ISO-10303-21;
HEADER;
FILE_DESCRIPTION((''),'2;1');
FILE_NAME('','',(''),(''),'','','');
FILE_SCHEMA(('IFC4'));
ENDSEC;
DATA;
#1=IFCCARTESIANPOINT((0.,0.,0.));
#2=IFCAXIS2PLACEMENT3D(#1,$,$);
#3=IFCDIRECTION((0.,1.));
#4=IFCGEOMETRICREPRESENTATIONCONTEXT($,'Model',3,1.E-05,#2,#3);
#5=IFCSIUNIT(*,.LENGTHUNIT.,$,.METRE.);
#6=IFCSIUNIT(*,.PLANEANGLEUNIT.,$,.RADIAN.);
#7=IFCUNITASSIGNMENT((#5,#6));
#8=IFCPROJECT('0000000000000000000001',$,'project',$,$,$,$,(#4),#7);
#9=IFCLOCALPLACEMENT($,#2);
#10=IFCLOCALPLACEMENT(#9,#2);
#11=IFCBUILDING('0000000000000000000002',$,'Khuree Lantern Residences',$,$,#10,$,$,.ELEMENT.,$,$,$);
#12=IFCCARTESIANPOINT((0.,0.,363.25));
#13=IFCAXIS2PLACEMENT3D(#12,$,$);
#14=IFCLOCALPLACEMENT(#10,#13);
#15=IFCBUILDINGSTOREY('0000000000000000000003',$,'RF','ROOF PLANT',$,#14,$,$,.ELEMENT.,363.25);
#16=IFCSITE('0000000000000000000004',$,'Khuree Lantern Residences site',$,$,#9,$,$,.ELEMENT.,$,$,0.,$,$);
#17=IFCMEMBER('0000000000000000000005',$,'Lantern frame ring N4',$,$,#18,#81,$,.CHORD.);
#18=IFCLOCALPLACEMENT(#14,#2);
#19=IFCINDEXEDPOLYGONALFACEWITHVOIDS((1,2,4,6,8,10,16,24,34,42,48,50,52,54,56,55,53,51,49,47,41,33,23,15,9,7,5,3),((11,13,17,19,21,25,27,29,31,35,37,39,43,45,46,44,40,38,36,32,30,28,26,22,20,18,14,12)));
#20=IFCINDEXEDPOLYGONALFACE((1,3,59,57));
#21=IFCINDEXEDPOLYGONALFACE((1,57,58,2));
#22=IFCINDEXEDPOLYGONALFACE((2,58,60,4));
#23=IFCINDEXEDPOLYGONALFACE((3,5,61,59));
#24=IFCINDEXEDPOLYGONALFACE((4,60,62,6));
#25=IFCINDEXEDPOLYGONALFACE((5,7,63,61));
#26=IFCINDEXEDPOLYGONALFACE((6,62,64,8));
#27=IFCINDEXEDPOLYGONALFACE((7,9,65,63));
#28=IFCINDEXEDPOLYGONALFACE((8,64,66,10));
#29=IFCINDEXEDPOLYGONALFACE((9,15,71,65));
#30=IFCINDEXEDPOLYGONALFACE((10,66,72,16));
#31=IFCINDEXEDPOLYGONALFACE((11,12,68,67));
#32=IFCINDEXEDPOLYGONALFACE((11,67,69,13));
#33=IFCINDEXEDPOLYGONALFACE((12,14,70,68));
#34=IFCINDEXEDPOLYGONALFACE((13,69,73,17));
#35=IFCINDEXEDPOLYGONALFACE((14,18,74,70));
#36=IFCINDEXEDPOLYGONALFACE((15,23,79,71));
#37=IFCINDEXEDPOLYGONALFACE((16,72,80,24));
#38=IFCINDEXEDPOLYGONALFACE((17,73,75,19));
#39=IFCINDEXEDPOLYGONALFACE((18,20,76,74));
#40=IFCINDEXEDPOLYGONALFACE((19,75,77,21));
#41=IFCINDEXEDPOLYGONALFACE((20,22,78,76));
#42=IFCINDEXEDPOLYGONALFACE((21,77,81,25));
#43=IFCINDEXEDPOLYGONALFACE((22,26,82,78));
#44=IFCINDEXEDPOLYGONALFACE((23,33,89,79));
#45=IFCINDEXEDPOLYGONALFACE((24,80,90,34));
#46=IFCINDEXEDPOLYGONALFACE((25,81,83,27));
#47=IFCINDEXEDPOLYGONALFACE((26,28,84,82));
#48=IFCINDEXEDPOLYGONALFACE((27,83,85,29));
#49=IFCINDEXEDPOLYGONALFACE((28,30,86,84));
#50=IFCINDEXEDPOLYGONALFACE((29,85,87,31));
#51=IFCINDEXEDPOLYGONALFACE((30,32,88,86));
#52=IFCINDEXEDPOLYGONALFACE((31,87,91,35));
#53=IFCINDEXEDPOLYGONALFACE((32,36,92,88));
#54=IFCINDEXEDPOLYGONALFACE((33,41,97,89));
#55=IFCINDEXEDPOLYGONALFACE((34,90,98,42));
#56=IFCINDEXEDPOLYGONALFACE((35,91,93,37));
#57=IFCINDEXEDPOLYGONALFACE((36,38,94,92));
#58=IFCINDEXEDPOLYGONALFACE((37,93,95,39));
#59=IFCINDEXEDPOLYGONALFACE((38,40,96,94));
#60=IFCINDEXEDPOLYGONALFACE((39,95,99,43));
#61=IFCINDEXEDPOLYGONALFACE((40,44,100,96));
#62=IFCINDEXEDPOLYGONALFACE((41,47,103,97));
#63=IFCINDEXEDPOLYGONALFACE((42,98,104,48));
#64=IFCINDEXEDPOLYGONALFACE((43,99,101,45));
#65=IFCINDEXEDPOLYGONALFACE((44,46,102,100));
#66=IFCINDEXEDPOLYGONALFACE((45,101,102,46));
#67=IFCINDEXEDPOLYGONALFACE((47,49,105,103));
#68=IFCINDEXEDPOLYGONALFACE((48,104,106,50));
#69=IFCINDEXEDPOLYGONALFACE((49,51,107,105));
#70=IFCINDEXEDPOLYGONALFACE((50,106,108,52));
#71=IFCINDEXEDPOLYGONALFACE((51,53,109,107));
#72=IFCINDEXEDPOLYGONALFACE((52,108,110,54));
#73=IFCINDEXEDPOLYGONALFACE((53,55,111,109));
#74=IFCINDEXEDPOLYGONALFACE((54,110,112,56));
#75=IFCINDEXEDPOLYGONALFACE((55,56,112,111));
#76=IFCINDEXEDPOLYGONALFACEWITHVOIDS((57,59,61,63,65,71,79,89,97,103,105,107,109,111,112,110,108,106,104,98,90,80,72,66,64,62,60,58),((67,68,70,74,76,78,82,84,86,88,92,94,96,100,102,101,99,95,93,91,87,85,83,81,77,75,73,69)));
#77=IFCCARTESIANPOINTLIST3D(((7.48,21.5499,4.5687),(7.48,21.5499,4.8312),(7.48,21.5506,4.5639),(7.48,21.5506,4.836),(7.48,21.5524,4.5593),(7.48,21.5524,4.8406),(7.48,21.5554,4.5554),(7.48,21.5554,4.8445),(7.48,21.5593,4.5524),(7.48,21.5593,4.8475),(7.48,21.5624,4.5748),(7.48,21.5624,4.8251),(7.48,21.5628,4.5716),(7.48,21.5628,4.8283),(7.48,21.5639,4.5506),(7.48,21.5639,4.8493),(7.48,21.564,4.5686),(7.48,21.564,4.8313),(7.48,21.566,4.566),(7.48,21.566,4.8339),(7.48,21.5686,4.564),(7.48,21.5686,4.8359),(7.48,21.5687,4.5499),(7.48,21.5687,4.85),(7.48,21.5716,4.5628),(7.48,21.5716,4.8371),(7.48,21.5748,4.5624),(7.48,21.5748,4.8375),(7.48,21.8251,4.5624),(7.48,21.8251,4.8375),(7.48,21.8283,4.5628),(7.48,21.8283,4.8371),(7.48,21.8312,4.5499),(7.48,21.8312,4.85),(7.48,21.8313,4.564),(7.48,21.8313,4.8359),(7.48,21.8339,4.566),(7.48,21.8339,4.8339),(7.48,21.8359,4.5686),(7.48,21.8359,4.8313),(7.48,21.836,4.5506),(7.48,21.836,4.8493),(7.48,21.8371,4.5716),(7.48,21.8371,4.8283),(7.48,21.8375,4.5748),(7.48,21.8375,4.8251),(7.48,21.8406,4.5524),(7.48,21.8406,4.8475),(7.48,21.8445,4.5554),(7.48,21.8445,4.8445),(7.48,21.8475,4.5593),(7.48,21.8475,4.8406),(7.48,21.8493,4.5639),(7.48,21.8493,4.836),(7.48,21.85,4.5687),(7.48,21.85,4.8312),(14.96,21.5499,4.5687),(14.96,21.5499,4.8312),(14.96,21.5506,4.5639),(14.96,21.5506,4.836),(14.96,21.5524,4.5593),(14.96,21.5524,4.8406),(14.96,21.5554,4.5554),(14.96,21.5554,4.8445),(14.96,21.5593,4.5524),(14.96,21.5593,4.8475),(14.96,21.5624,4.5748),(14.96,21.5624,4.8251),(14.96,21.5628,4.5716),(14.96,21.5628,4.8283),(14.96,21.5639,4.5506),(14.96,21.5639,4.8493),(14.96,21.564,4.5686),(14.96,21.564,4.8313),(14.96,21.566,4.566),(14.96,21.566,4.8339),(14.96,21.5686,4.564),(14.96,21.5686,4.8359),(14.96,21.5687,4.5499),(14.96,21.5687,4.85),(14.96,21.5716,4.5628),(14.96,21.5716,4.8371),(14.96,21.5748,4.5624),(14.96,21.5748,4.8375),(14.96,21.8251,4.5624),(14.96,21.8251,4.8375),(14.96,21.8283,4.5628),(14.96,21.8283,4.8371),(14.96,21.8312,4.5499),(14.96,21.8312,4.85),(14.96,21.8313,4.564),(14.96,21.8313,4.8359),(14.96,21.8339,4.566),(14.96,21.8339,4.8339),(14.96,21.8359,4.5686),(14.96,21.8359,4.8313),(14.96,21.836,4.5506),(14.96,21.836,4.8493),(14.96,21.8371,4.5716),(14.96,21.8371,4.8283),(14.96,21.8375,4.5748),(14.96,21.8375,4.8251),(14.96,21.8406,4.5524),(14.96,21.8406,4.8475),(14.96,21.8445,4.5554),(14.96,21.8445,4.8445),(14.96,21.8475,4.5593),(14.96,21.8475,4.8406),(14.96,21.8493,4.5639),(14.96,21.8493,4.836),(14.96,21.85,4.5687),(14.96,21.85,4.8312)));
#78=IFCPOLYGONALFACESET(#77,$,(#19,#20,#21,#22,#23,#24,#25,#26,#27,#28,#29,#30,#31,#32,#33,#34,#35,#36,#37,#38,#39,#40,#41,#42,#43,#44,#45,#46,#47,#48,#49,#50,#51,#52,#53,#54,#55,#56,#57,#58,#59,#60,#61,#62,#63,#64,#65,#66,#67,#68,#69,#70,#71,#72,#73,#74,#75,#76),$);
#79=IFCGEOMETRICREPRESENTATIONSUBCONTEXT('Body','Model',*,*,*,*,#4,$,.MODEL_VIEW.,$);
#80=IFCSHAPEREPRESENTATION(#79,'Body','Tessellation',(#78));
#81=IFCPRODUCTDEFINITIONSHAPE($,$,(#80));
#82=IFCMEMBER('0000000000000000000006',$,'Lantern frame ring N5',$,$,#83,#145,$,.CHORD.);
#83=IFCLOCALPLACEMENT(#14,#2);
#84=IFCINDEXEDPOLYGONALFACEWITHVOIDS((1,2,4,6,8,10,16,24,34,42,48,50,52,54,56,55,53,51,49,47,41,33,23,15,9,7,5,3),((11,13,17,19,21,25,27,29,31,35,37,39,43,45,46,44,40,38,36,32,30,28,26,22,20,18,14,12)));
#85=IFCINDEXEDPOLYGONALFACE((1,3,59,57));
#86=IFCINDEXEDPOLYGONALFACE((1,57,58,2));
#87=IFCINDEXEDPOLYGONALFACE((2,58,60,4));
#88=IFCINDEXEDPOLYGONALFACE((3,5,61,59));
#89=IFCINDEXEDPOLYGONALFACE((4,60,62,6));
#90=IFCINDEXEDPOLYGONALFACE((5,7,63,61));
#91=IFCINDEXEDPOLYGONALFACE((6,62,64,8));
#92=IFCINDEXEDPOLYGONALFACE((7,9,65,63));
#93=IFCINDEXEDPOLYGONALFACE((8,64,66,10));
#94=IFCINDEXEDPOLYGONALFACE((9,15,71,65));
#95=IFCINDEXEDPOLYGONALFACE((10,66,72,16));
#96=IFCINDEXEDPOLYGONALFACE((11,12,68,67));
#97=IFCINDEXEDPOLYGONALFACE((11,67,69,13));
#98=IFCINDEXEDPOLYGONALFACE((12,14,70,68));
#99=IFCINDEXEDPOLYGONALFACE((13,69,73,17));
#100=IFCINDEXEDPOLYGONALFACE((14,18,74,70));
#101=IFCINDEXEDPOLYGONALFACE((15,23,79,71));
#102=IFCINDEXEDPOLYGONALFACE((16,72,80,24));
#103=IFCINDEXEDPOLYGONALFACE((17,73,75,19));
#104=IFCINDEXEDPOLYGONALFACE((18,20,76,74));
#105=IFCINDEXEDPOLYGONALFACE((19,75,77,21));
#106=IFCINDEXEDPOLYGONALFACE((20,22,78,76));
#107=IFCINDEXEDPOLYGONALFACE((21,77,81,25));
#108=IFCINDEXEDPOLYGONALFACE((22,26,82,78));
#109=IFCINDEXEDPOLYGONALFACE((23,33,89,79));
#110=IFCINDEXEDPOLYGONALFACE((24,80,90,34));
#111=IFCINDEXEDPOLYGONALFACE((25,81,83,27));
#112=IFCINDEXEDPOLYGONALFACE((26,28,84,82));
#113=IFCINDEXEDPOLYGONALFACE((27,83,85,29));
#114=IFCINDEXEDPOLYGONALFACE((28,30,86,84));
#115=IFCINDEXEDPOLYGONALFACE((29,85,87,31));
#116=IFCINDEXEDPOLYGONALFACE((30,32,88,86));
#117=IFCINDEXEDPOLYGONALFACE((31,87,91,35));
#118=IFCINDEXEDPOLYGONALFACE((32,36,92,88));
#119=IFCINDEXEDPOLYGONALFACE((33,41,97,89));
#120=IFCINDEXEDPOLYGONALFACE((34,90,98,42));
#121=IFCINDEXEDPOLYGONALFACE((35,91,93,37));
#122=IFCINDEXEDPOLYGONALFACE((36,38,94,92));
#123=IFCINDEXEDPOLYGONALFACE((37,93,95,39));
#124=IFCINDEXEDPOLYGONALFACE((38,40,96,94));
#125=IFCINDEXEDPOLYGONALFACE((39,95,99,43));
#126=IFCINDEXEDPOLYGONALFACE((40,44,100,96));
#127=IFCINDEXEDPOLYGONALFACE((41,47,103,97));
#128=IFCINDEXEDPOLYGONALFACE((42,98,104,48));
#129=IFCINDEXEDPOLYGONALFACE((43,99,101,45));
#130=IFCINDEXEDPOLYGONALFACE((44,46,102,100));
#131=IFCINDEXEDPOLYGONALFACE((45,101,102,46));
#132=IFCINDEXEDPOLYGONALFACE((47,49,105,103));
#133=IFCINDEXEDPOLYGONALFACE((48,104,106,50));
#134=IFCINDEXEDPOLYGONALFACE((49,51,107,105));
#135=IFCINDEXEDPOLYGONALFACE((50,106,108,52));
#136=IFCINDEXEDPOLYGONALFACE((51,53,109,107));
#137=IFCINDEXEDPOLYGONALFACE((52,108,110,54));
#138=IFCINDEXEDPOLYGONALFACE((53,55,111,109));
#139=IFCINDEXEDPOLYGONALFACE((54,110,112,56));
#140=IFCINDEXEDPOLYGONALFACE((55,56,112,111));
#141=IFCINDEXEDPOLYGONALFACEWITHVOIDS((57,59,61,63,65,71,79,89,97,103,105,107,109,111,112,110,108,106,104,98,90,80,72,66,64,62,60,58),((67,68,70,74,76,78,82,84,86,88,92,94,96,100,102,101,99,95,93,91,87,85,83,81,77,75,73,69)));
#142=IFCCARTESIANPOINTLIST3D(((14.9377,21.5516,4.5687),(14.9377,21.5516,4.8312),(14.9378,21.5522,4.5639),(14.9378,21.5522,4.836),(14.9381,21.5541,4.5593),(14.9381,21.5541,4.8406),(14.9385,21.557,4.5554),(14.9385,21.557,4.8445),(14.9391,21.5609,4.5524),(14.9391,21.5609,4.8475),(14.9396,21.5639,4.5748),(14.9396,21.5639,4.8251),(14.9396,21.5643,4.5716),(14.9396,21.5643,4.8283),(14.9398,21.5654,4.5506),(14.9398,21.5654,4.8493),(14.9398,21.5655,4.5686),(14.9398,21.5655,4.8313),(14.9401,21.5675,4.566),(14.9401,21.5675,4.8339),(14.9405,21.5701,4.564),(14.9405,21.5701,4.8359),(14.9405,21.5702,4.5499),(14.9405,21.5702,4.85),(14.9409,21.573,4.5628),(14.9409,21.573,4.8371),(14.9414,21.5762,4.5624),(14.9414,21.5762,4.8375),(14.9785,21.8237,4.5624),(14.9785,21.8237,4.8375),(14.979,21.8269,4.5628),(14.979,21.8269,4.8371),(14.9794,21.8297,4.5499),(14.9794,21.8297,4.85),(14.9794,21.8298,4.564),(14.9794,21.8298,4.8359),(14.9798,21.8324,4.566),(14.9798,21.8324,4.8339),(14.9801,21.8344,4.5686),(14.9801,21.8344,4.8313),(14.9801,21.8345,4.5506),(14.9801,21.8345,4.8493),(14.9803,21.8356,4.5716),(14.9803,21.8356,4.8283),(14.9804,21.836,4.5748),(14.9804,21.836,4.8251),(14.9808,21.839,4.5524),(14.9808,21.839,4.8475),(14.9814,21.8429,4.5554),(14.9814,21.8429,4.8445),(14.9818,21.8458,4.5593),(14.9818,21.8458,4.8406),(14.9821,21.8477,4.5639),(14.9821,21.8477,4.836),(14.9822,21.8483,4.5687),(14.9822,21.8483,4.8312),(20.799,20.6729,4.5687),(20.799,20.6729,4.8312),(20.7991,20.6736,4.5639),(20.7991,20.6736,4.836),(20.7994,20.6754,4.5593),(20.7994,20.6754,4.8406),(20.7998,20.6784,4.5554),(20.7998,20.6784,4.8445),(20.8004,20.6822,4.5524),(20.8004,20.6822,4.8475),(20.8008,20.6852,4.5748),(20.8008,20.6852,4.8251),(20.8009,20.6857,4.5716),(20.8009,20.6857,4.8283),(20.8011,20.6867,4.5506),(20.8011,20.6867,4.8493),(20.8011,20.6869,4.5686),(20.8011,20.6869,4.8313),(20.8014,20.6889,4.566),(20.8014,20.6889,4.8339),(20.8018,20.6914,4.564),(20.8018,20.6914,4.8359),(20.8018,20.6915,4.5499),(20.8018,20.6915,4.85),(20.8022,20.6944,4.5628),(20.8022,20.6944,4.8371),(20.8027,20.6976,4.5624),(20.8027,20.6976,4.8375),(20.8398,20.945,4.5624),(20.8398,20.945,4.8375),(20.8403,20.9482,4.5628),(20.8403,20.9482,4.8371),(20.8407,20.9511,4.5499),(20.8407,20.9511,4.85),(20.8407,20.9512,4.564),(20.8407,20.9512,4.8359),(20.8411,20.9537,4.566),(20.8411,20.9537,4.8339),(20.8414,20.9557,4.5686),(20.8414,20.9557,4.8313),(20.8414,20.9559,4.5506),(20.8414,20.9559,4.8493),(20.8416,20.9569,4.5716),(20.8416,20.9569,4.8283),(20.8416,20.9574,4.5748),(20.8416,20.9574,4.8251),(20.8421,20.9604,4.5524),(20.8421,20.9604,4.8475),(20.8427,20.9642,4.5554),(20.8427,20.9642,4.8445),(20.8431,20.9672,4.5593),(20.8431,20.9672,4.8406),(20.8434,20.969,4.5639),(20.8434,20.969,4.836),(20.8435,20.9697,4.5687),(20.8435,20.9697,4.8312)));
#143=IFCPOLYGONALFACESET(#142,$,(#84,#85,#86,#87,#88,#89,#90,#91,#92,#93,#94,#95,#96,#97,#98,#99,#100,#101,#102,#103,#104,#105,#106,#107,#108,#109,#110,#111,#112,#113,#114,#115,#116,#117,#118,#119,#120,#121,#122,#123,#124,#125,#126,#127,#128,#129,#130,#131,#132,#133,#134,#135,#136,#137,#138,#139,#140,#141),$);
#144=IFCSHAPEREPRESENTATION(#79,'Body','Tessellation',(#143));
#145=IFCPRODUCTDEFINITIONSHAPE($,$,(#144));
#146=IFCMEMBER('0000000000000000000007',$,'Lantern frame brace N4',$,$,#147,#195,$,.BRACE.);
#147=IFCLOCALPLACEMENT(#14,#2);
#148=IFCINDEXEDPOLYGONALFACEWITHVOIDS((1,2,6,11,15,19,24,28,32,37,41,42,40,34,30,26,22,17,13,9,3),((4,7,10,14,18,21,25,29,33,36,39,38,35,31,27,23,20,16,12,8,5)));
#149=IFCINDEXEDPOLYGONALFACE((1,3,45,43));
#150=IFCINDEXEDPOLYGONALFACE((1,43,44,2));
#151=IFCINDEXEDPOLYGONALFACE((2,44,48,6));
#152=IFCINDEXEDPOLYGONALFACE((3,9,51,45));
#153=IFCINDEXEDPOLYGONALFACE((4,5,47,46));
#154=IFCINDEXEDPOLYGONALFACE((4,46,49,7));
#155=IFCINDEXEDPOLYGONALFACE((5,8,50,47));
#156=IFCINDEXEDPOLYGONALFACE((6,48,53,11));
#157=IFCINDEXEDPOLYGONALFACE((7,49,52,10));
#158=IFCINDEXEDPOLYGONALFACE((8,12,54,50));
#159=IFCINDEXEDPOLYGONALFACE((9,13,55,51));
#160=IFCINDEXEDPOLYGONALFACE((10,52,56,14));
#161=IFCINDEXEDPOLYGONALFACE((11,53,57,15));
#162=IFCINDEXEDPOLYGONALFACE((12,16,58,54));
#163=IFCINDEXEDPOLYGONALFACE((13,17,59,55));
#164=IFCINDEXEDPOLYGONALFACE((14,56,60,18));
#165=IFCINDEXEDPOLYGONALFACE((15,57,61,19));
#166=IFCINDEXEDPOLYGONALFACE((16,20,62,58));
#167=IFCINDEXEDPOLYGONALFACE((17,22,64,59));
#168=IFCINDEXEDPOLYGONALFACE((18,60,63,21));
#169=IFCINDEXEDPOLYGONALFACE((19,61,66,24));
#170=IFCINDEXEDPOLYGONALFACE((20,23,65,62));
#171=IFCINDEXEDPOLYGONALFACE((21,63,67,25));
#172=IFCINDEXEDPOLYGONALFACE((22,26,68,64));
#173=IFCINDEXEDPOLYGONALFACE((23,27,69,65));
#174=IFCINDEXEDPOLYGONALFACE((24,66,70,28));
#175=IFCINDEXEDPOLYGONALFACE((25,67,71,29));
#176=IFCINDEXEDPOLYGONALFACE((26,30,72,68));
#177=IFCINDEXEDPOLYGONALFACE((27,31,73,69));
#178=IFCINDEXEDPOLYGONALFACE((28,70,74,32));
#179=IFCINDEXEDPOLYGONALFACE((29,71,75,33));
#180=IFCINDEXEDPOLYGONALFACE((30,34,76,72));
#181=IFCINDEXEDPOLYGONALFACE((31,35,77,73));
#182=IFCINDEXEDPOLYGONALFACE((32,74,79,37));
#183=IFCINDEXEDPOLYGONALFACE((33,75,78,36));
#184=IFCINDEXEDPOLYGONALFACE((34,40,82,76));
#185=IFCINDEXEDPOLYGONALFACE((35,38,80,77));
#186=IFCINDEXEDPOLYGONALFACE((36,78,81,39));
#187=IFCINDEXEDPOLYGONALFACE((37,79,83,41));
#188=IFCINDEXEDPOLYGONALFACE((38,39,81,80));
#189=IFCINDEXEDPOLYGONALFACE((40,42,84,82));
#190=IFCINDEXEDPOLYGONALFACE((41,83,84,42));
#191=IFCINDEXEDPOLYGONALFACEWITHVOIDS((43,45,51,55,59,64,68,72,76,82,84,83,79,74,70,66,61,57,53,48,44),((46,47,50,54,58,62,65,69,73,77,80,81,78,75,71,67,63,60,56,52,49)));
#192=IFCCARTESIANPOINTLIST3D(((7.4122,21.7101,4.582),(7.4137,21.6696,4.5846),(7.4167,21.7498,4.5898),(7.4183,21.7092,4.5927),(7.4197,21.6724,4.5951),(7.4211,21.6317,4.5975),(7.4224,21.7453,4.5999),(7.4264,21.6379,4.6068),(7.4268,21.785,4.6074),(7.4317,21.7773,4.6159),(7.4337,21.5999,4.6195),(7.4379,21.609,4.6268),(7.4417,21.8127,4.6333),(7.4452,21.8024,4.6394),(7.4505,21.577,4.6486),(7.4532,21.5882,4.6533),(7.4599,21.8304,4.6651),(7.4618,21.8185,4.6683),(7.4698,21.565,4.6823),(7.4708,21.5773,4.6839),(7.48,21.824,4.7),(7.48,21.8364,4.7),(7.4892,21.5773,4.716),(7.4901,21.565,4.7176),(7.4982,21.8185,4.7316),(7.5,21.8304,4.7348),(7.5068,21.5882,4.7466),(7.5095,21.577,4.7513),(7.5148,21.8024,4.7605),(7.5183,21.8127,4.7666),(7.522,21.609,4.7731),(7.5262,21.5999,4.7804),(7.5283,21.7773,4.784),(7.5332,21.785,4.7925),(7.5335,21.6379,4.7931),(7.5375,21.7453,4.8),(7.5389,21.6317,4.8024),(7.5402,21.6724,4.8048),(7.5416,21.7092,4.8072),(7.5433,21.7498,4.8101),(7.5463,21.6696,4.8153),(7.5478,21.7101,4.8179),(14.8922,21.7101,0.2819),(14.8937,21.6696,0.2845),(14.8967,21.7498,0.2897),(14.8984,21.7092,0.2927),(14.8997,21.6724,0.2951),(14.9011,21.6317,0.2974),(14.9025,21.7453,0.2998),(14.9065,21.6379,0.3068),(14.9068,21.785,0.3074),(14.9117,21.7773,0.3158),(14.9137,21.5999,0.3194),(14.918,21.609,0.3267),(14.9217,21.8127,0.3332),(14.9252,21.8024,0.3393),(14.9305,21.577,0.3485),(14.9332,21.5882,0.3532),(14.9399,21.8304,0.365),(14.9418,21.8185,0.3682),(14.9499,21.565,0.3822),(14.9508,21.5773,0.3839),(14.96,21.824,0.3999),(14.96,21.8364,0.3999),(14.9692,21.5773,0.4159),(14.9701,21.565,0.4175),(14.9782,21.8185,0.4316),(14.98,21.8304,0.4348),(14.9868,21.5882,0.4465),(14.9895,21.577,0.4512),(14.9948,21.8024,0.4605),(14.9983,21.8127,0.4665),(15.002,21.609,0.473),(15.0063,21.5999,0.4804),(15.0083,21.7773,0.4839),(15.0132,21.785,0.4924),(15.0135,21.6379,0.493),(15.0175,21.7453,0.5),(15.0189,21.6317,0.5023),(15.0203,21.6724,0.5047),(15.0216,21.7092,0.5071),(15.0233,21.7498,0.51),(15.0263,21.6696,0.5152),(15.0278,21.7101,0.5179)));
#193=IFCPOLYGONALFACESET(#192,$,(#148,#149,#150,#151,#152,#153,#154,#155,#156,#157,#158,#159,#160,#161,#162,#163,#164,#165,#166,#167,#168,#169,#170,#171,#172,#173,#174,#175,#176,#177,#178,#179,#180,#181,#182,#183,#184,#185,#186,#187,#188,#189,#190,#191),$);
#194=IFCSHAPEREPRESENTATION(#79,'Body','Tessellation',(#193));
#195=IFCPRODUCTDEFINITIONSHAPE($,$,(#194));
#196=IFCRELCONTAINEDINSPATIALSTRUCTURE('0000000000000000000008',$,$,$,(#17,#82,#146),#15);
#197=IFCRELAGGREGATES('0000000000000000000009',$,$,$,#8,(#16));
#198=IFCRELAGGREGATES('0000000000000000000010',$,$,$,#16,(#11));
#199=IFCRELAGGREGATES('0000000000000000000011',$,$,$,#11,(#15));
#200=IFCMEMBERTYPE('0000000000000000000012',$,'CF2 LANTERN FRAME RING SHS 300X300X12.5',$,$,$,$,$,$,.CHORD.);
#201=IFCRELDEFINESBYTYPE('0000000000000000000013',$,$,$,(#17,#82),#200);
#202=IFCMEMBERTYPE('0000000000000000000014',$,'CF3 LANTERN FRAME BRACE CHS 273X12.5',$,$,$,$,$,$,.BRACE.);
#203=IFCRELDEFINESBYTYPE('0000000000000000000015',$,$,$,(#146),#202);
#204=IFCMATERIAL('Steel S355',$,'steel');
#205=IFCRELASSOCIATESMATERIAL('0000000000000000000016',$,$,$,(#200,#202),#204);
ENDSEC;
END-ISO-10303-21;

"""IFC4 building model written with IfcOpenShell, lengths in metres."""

from ifc_helpers import new_model, si_unit, direction, frame, origin, origin_2d, place, context, subcontext, project, spatial, hollow_rectangle, hollow_circle, extrude, material, material_profile, profile_set, type_object, element, save


model = new_model("IFC4")

# Units and contexts
model_context = context("Model", 3, precision=1e-05, world=origin(), true_north=direction((0.0, 1.0)))
body_context = subcontext(model_context, "Body", "Model", "MODEL_VIEW")
ifc_project = project(units=[si_unit("LENGTHUNIT", "METRE"), si_unit("PLANEANGLEUNIT", "RADIAN")], contexts=[model_context])

# Site, building, storey
site_placement = place(None, origin())
site = spatial("IfcSite", under=ifc_project, at=site_placement, Name="Khuree Lantern Residences site", CompositionType="ELEMENT", RefElevation=0.0)
building_placement = place(site_placement, origin())
building = spatial("IfcBuilding", under=site, at=building_placement, Name="Khuree Lantern Residences", CompositionType="ELEMENT")
storey_placement = place(building_placement, frame((0.0, 0.0, 363.25)))
storey = spatial("IfcBuildingStorey", under=building, at=storey_placement, Name="RF", Description="ROOF PLANT", CompositionType="ELEMENT", Elevation=363.25)

# Shared definitions
ifc_material_1 = material(Name="Steel S355", Category="steel")

# Members
ifc_material_profile_1 = material_profile(ifc_material_1, hollow_rectangle(XDim=0.3, YDim=0.3, WallThickness=0.0125, InnerFilletRadius=0.0125, OuterFilletRadius=0.0188, at=origin_2d()), Name="SHS 300X300X12.5")
ifc_profile_set_1 = profile_set([ifc_material_profile_1], Name="Steel S355")
member_type_1 = type_object("IfcMemberType", Name="CF2 LANTERN FRAME RING SHS 300X300X12.5", PredefinedType="CHORD", material=ifc_profile_set_1)
member_1_placement = place(storey_placement, frame((7.48, 21.7, 4.7), z_axis=(1.0, 0.0, 0.0), x_axis=(0.0, 1.0, 0.0)))
element("IfcMember", 1, at=member_1_placement, inside=storey, type_object=member_type_1, Name="Lantern frame ring N4", PredefinedType="CHORD", context=body_context, shape_type="SweptSolid", body=[
    extrude(hollow_rectangle(XDim=0.3, YDim=0.3, WallThickness=0.0125, InnerFilletRadius=0.0125, OuterFilletRadius=0.0188, at=origin_2d()), origin(), (0.0, 0.0, 1.0), 7.48),
])
member_2_placement = place(storey_placement, frame((14.96, 21.7, 4.7), z_axis=(0.98895, -0.148252, 0.0), x_axis=(0.148252, 0.98895, 0.0)))
element("IfcMember", 2, at=member_2_placement, inside=storey, type_object=member_type_1, Name="Lantern frame ring N5", PredefinedType="CHORD", context=body_context, shape_type="SweptSolid", body=[
    extrude(hollow_rectangle(XDim=0.3, YDim=0.3, WallThickness=0.0125, InnerFilletRadius=0.0125, OuterFilletRadius=0.0188, at=origin_2d()), origin(), (0.0, 0.0, 1.0), 5.9268),
])
ifc_material_profile_2 = material_profile(ifc_material_1, hollow_circle(Radius=0.1365, WallThickness=0.0125, at=origin_2d()), Name="CHS 273X12.5")
ifc_profile_set_2 = profile_set([ifc_material_profile_2], Name="Steel S355")
member_type_2 = type_object("IfcMemberType", Name="CF3 LANTERN FRAME BRACE CHS 273X12.5", PredefinedType="BRACE", material=ifc_profile_set_2)
member_3_placement = place(storey_placement, frame((7.48, 21.7, 4.7), z_axis=(0.866953, 0.0, -0.498389), x_axis=(0.0, 1.0, 0.0)))
element("IfcMember", 3, at=member_3_placement, inside=storey, type_object=member_type_2, Name="Lantern frame brace N4", PredefinedType="BRACE", context=body_context, shape_type="SweptSolid", body=[
    extrude(hollow_circle(Radius=0.1365, WallThickness=0.0125, at=origin_2d()), origin(), (0.0, 0.0, 1.0), 8.6279),
])

save(model, "model.ifc")
